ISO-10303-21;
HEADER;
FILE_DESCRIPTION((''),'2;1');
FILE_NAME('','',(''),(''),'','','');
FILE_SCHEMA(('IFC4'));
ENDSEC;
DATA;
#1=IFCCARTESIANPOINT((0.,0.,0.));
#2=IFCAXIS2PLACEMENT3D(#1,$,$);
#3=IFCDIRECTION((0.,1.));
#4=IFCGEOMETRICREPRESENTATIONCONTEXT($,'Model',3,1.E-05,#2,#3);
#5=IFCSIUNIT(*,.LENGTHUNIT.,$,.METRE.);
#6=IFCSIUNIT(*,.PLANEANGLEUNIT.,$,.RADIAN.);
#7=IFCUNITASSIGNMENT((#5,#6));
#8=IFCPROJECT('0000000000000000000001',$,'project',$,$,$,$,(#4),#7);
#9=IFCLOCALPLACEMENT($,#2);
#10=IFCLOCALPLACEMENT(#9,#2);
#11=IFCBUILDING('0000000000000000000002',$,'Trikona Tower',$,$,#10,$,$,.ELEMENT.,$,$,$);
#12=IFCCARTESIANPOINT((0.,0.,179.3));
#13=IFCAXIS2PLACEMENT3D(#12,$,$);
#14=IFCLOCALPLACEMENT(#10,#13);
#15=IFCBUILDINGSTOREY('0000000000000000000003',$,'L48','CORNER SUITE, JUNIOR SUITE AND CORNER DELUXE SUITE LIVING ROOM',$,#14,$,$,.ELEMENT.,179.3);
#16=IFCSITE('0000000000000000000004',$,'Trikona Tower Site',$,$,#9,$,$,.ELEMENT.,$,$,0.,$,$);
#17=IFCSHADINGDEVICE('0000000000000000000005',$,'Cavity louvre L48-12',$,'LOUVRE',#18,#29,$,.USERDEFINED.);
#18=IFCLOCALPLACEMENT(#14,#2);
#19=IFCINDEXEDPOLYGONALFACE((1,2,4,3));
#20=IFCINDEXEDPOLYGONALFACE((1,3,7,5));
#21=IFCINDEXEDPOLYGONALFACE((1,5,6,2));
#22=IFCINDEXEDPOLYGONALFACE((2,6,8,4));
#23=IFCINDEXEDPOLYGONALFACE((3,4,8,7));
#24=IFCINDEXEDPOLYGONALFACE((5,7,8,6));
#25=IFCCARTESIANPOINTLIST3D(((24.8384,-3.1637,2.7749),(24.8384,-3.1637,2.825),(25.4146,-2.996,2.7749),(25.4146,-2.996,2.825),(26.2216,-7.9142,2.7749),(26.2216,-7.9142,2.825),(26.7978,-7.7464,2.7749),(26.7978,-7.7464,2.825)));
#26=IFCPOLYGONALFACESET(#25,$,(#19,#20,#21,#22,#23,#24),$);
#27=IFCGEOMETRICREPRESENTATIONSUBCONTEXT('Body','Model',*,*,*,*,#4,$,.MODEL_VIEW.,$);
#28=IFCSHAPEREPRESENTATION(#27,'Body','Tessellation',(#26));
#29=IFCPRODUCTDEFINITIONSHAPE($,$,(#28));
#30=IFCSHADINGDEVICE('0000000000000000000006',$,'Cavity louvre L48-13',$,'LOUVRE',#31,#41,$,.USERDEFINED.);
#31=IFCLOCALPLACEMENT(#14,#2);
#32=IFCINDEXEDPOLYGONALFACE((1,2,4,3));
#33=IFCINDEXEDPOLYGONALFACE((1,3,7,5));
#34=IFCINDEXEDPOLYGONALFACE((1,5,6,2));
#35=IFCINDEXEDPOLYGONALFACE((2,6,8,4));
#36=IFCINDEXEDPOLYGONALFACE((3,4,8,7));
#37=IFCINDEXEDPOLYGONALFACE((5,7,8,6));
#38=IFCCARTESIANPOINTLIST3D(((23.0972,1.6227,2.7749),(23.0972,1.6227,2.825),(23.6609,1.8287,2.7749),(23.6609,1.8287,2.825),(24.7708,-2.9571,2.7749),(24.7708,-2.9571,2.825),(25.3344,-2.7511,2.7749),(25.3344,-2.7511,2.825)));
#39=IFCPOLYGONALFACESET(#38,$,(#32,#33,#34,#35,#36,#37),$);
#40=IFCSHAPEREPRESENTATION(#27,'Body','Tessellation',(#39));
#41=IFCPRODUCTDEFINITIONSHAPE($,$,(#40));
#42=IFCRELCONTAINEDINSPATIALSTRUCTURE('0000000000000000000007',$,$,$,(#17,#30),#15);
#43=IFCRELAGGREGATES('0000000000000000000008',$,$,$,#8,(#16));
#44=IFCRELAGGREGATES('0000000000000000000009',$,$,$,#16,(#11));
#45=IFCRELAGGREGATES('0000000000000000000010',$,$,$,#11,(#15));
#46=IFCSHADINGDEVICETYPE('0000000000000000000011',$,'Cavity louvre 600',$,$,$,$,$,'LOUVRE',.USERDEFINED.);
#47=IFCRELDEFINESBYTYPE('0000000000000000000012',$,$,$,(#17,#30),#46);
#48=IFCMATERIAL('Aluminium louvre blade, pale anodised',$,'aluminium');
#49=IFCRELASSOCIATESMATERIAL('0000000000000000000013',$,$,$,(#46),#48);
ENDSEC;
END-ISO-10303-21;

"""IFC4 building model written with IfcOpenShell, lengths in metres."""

from ifc_helpers import new_model, si_unit, direction, frame, origin, origin_2d, place, context, subcontext, project, spatial, rectangle, extrude, material, type_object, element, save


model = new_model("IFC4")

# Units and contexts
model_context = context("Model", 3, precision=1e-05, world=origin(), true_north=direction((0.0, 1.0)))
body_context = subcontext(model_context, "Body", "Model", "MODEL_VIEW")
ifc_project = project(units=[si_unit("LENGTHUNIT", "METRE"), si_unit("PLANEANGLEUNIT", "RADIAN")], contexts=[model_context])

# Site, building, storey
site_placement = place(None, origin())
site = spatial("IfcSite", under=ifc_project, at=site_placement, Name="Trikona Tower Site", CompositionType="ELEMENT", RefElevation=0.0)
building_placement = place(site_placement, origin())
building = spatial("IfcBuilding", under=site, at=building_placement, Name="Trikona Tower", CompositionType="ELEMENT")
storey_placement = place(building_placement, frame((0.0, 0.0, 179.3)))
storey = spatial("IfcBuildingStorey", under=building, at=storey_placement, Name="L48", Description="CORNER SUITE, JUNIOR SUITE AND CORNER DELUXE SUITE LIVING ROOM", CompositionType="ELEMENT", Elevation=179.3)

# Shading devices
ifc_material_1 = material(Name="Aluminium louvre blade, pale anodised", Category="aluminium")
shading_device_type = type_object("IfcShadingDeviceType", Name="Cavity louvre 600", ElementType="LOUVRE", PredefinedType="USERDEFINED", material=ifc_material_1)
shading_device_1_placement = place(storey_placement, frame((25.8181, -5.4551, 2.7749), z_axis=(0.0, 0.0, 1.0), x_axis=(-0.279554, 0.96013, 0.0)))
element("IfcShadingDevice", 1, at=shading_device_1_placement, inside=storey, type_object=shading_device_type, Name="Cavity louvre L48-12", ObjectType="LOUVRE", PredefinedType="USERDEFINED", context=body_context, shape_type="SweptSolid", body=[
    extrude(rectangle(XDim=4.9478, YDim=0.6001, at=origin_2d()), origin(), (0.0, 0.0, 1.0), 0.05),
])
shading_device_2_placement = place(storey_placement, frame((24.2158, -0.5642, 2.7749), z_axis=(0.0, 0.0, 1.0), x_axis=(-0.34322, 0.939255, 0.0)))
element("IfcShadingDevice", 2, at=shading_device_2_placement, inside=storey, type_object=shading_device_type, Name="Cavity louvre L48-13", ObjectType="LOUVRE", PredefinedType="USERDEFINED", context=body_context, shape_type="SweptSolid", body=[
    extrude(rectangle(XDim=4.876, YDim=0.6001, at=origin_2d()), origin(), (0.0, 0.0, 1.0), 0.05),
])

save(model, "model.ifc")
